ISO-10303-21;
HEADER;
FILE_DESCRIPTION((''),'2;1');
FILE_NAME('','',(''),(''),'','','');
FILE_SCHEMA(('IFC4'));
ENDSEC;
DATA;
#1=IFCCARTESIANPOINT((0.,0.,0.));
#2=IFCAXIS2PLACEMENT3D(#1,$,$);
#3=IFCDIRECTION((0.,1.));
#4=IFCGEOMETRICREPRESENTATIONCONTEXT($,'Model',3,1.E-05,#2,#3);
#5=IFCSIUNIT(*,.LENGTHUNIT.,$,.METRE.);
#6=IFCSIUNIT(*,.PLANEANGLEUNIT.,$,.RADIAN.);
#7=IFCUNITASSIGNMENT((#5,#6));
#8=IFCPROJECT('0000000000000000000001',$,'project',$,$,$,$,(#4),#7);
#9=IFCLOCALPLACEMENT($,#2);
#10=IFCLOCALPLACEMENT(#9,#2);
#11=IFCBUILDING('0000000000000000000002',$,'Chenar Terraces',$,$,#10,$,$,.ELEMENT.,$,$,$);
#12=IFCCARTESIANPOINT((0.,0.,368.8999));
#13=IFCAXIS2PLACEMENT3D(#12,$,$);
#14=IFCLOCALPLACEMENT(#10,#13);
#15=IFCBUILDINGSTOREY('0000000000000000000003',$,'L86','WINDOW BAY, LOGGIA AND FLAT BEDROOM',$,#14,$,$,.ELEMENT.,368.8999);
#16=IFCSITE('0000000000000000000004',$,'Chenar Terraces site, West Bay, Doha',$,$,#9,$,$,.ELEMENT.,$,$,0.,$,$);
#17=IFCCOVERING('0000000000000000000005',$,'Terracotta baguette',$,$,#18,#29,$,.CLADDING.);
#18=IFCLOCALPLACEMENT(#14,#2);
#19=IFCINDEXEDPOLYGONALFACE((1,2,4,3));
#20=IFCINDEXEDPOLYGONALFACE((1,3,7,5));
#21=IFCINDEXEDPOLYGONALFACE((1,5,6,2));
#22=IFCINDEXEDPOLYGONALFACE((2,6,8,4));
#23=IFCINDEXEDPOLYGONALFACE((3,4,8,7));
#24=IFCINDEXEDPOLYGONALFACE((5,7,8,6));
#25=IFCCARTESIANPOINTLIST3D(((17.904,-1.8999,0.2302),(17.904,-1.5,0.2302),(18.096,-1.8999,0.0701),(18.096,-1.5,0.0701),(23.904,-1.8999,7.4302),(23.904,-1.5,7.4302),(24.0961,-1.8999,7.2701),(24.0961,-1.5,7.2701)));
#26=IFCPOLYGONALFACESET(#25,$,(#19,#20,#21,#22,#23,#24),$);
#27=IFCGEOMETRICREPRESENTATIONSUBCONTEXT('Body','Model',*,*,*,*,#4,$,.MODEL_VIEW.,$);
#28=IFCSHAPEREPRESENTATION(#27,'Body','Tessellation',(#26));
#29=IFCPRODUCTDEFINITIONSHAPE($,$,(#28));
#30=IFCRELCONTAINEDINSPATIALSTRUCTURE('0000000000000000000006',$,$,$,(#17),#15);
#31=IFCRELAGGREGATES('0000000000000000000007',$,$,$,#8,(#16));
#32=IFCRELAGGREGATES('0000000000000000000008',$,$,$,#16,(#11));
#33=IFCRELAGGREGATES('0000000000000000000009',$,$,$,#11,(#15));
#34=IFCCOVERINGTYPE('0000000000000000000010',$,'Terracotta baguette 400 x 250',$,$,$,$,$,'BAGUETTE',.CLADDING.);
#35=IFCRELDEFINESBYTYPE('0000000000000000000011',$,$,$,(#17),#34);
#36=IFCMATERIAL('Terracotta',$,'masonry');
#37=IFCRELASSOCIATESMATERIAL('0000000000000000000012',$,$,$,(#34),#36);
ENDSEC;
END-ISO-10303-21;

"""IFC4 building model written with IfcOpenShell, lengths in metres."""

from ifc_helpers import new_model, si_unit, direction, frame, origin, origin_2d, place, context, subcontext, project, spatial, rectangle, extrude, material, material_profile, profile_set, type_object, element, save


model = new_model("IFC4")

# Units and contexts
model_context = context("Model", 3, precision=1e-05, world=origin(), true_north=direction((0.0, 1.0)))
body_context = subcontext(model_context, "Body", "Model", "MODEL_VIEW")
ifc_project = project(units=[si_unit("LENGTHUNIT", "METRE"), si_unit("PLANEANGLEUNIT", "RADIAN")], contexts=[model_context])

# Site, building, storey
site_placement = place(None, origin())
site = spatial("IfcSite", under=ifc_project, at=site_placement, Name="Chenar Terraces site, West Bay, Doha", CompositionType="ELEMENT", RefElevation=0.0)
building_placement = place(site_placement, origin())
building = spatial("IfcBuilding", under=site, at=building_placement, Name="Chenar Terraces", CompositionType="ELEMENT")
storey_placement = place(building_placement, frame((0.0, 0.0, 368.8999)))
storey = spatial("IfcBuildingStorey", under=building, at=storey_placement, Name="L86", Description="WINDOW BAY, LOGGIA AND FLAT BEDROOM", CompositionType="ELEMENT", Elevation=368.8999)

# Covering
ifc_material_1 = material(Name="Terracotta", Category="masonry")
ifc_material_profile_1 = material_profile(ifc_material_1, rectangle(XDim=0.3999, YDim=0.25, at=origin_2d()), Name="Terracotta baguette 400 x 250")
ifc_profile_set_1 = profile_set([ifc_material_profile_1], Name="Terracotta")
covering_type = type_object("IfcCoveringType", Name="Terracotta baguette 400 x 250", ElementType="BAGUETTE", PredefinedType="CLADDING", material=ifc_profile_set_1)
covering_placement = place(storey_placement, frame((18.0, -1.7, 0.1501), z_axis=(0.640187, 0.0, 0.768219), x_axis=(0.0, 1.0, 0.0)))
element("IfcCovering", 1, at=covering_placement, inside=storey, type_object=covering_type, Name="Terracotta baguette", PredefinedType="CLADDING", context=body_context, shape_type="SweptSolid", body=[
    extrude(rectangle(XDim=0.3999, YDim=0.25, at=origin_2d()), origin(), (0.0, 0.0, 1.0), 9.3723),
])

save(model, "model.ifc")
